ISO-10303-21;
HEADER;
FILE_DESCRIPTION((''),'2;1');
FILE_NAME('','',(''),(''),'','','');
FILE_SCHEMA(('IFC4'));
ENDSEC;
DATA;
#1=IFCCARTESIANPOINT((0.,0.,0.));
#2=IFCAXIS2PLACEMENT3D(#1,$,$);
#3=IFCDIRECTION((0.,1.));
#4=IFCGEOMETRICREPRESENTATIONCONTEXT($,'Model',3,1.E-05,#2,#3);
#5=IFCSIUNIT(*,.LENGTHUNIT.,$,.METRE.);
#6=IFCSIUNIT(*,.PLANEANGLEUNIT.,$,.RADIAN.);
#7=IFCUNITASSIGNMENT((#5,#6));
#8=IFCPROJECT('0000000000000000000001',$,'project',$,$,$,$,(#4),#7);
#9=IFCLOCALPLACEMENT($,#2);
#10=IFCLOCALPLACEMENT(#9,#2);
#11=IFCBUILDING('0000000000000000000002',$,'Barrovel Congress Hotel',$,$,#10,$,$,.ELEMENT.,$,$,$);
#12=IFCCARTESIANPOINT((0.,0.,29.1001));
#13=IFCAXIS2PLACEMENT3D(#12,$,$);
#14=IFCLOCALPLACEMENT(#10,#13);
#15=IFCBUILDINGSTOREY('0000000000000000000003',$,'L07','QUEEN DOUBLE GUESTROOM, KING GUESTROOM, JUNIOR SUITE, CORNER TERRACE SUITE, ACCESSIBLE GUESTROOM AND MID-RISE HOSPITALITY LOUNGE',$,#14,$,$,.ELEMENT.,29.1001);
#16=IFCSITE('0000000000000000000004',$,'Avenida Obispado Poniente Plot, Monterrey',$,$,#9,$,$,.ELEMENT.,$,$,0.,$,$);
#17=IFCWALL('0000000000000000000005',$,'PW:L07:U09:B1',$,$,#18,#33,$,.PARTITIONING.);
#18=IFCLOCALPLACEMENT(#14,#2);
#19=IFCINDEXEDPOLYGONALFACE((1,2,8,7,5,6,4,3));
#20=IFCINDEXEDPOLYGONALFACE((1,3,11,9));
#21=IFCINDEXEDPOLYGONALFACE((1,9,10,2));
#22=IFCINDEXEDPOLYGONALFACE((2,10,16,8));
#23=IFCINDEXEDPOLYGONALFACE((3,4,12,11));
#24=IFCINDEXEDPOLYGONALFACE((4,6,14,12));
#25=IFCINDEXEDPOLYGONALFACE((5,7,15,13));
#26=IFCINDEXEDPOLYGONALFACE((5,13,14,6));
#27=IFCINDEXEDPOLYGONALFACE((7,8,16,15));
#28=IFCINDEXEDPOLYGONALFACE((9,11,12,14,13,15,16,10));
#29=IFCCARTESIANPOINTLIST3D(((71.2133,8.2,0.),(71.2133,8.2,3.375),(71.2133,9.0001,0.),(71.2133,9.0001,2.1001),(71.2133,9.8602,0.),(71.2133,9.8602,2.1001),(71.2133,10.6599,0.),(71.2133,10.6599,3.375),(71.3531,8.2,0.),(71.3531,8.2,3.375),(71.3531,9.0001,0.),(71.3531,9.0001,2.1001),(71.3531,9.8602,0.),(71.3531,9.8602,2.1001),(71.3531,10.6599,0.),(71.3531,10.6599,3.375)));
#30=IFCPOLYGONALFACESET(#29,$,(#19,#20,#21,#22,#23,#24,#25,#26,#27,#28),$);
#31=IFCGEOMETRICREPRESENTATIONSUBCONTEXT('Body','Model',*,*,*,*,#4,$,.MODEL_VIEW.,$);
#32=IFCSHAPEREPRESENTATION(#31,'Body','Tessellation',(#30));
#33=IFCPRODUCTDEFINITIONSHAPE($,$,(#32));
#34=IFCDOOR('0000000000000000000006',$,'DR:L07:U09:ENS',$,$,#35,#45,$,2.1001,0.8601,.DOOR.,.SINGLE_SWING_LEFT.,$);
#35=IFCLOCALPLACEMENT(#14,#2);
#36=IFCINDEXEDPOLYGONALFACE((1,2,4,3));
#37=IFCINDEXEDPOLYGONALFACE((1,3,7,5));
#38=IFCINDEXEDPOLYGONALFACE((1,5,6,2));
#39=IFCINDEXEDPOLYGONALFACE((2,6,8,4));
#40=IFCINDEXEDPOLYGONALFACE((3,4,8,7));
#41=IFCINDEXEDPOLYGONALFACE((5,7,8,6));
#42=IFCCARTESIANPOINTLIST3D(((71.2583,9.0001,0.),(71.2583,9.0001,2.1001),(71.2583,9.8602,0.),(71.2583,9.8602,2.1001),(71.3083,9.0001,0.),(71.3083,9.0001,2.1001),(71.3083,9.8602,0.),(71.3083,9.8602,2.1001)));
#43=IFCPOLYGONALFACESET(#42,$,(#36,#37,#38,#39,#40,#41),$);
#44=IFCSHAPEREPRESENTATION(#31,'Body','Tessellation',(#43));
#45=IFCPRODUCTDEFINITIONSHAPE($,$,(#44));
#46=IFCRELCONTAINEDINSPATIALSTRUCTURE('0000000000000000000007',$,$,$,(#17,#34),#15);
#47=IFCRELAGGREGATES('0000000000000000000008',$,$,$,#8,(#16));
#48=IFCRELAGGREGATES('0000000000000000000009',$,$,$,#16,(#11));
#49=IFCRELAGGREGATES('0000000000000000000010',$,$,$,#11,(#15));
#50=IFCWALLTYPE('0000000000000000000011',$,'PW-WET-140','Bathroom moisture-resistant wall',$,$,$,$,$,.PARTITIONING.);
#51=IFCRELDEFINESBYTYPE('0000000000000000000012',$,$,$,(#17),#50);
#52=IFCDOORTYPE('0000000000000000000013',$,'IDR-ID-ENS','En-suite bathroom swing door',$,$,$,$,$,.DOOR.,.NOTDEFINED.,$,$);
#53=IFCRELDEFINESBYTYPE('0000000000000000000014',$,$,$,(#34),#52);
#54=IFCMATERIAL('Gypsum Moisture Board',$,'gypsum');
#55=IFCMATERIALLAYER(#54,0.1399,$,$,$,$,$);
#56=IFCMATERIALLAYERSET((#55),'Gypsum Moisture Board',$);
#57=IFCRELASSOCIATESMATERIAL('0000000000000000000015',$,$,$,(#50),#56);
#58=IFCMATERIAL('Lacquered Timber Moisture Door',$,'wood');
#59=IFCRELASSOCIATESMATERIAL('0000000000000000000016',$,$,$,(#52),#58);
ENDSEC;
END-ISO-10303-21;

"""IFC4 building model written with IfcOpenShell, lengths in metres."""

from ifc_helpers import new_model, si_unit, direction, frame, frame_2d, origin, place, context, subcontext, project, spatial, rectangle, extrude, material, layer, layer_set, type_object, element, fill, save


model = new_model("IFC4")

# Units and contexts
model_context = context("Model", 3, precision=1e-05, world=origin(), true_north=direction((0.0, 1.0)))
body_context = subcontext(model_context, "Body", "Model", "MODEL_VIEW")
ifc_project = project(units=[si_unit("LENGTHUNIT", "METRE"), si_unit("PLANEANGLEUNIT", "RADIAN")], contexts=[model_context])

# Site, building, storey
site_placement = place(None, origin())
site = spatial("IfcSite", under=ifc_project, at=site_placement, Name="Avenida Obispado Poniente Plot, Monterrey", CompositionType="ELEMENT", RefElevation=0.0)
building_placement = place(site_placement, origin())
building = spatial("IfcBuilding", under=site, at=building_placement, Name="Barrovel Congress Hotel", CompositionType="ELEMENT")
storey_placement = place(building_placement, frame((0.0, 0.0, 29.1001)))
storey = spatial("IfcBuildingStorey", under=building, at=storey_placement, Name="L07", Description="QUEEN DOUBLE GUESTROOM, KING GUESTROOM, JUNIOR SUITE, CORNER TERRACE SUITE, ACCESSIBLE GUESTROOM AND MID-RISE HOSPITALITY LOUNGE", CompositionType="ELEMENT", Elevation=29.1001)

# Wall, opening, door
ifc_material_1 = material(Name="Gypsum Moisture Board", Category="gypsum")
ifc_layer_1 = layer(ifc_material_1, 0.1399)
ifc_layer_set_1 = layer_set([ifc_layer_1], Name="Gypsum Moisture Board")
wall_type_1 = type_object("IfcWallType", Name="PW-WET-140", Description="Bathroom moisture-resistant wall", PredefinedType="PARTITIONING", material=ifc_layer_set_1)
wall_1_placement = place(storey_placement, frame((71.2832, 8.2, 0.0), z_axis=(0.0, 0.0, 1.0), x_axis=(0.0, 1.0, 0.0)))
wall_1 = element("IfcWall", 1, at=wall_1_placement, inside=storey, type_object=wall_type_1, Name="PW:L07:U09:B1", PredefinedType="PARTITIONING", context=body_context, shape_type="SweptSolid", body=[
    extrude(rectangle(XDim=2.46, YDim=0.1399, at=frame_2d((1.23, 0.0))), origin(), (0.0, 0.0, 1.0), 3.375),
])
opening_1_placement = place(wall_1_placement, frame((0.8, 0.0, 0.0)))
opening_1 = element("IfcOpeningElement", 2, at=opening_1_placement, cuts=wall_1, PredefinedType="OPENING", context=body_context, shape_type="SweptSolid", body=[
    extrude(rectangle(XDim=0.8601, YDim=2.1001, at=frame_2d((0.4302, 1.05))), frame((0.0, 0.0801, 0.0), z_axis=(0.0, -1.0, 0.0), x_axis=(1.0, 0.0, 0.0)), (0.0, 0.0, 1.0), 0.1599),
])
ifc_material_2 = material(Name="Lacquered Timber Moisture Door", Category="wood")
door_type_1 = type_object("IfcDoorType", Name="IDR-ID-ENS", Description="En-suite bathroom swing door", OperationType="NOTDEFINED", PredefinedType="DOOR", material=ifc_material_2)
door_1_placement = place(opening_1_placement, origin())
door_1 = element("IfcDoor", 3, at=door_1_placement, inside=storey, type_object=door_type_1, Name="DR:L07:U09:ENS", OperationType="SINGLE_SWING_LEFT", OverallHeight=2.1001, OverallWidth=0.8601, PredefinedType="DOOR", context=body_context, shape_type="SweptSolid", body=[
    extrude(rectangle(XDim=0.8601, YDim=2.1001, at=frame_2d((0.4302, 1.05))), frame((0.0, 0.0249, 0.0), z_axis=(0.0, -1.0, 0.0), x_axis=(1.0, 0.0, 0.0)), (0.0, 0.0, 1.0), 0.05),
])
fill(opening_1, door_1)

save(model, "model.ifc")
